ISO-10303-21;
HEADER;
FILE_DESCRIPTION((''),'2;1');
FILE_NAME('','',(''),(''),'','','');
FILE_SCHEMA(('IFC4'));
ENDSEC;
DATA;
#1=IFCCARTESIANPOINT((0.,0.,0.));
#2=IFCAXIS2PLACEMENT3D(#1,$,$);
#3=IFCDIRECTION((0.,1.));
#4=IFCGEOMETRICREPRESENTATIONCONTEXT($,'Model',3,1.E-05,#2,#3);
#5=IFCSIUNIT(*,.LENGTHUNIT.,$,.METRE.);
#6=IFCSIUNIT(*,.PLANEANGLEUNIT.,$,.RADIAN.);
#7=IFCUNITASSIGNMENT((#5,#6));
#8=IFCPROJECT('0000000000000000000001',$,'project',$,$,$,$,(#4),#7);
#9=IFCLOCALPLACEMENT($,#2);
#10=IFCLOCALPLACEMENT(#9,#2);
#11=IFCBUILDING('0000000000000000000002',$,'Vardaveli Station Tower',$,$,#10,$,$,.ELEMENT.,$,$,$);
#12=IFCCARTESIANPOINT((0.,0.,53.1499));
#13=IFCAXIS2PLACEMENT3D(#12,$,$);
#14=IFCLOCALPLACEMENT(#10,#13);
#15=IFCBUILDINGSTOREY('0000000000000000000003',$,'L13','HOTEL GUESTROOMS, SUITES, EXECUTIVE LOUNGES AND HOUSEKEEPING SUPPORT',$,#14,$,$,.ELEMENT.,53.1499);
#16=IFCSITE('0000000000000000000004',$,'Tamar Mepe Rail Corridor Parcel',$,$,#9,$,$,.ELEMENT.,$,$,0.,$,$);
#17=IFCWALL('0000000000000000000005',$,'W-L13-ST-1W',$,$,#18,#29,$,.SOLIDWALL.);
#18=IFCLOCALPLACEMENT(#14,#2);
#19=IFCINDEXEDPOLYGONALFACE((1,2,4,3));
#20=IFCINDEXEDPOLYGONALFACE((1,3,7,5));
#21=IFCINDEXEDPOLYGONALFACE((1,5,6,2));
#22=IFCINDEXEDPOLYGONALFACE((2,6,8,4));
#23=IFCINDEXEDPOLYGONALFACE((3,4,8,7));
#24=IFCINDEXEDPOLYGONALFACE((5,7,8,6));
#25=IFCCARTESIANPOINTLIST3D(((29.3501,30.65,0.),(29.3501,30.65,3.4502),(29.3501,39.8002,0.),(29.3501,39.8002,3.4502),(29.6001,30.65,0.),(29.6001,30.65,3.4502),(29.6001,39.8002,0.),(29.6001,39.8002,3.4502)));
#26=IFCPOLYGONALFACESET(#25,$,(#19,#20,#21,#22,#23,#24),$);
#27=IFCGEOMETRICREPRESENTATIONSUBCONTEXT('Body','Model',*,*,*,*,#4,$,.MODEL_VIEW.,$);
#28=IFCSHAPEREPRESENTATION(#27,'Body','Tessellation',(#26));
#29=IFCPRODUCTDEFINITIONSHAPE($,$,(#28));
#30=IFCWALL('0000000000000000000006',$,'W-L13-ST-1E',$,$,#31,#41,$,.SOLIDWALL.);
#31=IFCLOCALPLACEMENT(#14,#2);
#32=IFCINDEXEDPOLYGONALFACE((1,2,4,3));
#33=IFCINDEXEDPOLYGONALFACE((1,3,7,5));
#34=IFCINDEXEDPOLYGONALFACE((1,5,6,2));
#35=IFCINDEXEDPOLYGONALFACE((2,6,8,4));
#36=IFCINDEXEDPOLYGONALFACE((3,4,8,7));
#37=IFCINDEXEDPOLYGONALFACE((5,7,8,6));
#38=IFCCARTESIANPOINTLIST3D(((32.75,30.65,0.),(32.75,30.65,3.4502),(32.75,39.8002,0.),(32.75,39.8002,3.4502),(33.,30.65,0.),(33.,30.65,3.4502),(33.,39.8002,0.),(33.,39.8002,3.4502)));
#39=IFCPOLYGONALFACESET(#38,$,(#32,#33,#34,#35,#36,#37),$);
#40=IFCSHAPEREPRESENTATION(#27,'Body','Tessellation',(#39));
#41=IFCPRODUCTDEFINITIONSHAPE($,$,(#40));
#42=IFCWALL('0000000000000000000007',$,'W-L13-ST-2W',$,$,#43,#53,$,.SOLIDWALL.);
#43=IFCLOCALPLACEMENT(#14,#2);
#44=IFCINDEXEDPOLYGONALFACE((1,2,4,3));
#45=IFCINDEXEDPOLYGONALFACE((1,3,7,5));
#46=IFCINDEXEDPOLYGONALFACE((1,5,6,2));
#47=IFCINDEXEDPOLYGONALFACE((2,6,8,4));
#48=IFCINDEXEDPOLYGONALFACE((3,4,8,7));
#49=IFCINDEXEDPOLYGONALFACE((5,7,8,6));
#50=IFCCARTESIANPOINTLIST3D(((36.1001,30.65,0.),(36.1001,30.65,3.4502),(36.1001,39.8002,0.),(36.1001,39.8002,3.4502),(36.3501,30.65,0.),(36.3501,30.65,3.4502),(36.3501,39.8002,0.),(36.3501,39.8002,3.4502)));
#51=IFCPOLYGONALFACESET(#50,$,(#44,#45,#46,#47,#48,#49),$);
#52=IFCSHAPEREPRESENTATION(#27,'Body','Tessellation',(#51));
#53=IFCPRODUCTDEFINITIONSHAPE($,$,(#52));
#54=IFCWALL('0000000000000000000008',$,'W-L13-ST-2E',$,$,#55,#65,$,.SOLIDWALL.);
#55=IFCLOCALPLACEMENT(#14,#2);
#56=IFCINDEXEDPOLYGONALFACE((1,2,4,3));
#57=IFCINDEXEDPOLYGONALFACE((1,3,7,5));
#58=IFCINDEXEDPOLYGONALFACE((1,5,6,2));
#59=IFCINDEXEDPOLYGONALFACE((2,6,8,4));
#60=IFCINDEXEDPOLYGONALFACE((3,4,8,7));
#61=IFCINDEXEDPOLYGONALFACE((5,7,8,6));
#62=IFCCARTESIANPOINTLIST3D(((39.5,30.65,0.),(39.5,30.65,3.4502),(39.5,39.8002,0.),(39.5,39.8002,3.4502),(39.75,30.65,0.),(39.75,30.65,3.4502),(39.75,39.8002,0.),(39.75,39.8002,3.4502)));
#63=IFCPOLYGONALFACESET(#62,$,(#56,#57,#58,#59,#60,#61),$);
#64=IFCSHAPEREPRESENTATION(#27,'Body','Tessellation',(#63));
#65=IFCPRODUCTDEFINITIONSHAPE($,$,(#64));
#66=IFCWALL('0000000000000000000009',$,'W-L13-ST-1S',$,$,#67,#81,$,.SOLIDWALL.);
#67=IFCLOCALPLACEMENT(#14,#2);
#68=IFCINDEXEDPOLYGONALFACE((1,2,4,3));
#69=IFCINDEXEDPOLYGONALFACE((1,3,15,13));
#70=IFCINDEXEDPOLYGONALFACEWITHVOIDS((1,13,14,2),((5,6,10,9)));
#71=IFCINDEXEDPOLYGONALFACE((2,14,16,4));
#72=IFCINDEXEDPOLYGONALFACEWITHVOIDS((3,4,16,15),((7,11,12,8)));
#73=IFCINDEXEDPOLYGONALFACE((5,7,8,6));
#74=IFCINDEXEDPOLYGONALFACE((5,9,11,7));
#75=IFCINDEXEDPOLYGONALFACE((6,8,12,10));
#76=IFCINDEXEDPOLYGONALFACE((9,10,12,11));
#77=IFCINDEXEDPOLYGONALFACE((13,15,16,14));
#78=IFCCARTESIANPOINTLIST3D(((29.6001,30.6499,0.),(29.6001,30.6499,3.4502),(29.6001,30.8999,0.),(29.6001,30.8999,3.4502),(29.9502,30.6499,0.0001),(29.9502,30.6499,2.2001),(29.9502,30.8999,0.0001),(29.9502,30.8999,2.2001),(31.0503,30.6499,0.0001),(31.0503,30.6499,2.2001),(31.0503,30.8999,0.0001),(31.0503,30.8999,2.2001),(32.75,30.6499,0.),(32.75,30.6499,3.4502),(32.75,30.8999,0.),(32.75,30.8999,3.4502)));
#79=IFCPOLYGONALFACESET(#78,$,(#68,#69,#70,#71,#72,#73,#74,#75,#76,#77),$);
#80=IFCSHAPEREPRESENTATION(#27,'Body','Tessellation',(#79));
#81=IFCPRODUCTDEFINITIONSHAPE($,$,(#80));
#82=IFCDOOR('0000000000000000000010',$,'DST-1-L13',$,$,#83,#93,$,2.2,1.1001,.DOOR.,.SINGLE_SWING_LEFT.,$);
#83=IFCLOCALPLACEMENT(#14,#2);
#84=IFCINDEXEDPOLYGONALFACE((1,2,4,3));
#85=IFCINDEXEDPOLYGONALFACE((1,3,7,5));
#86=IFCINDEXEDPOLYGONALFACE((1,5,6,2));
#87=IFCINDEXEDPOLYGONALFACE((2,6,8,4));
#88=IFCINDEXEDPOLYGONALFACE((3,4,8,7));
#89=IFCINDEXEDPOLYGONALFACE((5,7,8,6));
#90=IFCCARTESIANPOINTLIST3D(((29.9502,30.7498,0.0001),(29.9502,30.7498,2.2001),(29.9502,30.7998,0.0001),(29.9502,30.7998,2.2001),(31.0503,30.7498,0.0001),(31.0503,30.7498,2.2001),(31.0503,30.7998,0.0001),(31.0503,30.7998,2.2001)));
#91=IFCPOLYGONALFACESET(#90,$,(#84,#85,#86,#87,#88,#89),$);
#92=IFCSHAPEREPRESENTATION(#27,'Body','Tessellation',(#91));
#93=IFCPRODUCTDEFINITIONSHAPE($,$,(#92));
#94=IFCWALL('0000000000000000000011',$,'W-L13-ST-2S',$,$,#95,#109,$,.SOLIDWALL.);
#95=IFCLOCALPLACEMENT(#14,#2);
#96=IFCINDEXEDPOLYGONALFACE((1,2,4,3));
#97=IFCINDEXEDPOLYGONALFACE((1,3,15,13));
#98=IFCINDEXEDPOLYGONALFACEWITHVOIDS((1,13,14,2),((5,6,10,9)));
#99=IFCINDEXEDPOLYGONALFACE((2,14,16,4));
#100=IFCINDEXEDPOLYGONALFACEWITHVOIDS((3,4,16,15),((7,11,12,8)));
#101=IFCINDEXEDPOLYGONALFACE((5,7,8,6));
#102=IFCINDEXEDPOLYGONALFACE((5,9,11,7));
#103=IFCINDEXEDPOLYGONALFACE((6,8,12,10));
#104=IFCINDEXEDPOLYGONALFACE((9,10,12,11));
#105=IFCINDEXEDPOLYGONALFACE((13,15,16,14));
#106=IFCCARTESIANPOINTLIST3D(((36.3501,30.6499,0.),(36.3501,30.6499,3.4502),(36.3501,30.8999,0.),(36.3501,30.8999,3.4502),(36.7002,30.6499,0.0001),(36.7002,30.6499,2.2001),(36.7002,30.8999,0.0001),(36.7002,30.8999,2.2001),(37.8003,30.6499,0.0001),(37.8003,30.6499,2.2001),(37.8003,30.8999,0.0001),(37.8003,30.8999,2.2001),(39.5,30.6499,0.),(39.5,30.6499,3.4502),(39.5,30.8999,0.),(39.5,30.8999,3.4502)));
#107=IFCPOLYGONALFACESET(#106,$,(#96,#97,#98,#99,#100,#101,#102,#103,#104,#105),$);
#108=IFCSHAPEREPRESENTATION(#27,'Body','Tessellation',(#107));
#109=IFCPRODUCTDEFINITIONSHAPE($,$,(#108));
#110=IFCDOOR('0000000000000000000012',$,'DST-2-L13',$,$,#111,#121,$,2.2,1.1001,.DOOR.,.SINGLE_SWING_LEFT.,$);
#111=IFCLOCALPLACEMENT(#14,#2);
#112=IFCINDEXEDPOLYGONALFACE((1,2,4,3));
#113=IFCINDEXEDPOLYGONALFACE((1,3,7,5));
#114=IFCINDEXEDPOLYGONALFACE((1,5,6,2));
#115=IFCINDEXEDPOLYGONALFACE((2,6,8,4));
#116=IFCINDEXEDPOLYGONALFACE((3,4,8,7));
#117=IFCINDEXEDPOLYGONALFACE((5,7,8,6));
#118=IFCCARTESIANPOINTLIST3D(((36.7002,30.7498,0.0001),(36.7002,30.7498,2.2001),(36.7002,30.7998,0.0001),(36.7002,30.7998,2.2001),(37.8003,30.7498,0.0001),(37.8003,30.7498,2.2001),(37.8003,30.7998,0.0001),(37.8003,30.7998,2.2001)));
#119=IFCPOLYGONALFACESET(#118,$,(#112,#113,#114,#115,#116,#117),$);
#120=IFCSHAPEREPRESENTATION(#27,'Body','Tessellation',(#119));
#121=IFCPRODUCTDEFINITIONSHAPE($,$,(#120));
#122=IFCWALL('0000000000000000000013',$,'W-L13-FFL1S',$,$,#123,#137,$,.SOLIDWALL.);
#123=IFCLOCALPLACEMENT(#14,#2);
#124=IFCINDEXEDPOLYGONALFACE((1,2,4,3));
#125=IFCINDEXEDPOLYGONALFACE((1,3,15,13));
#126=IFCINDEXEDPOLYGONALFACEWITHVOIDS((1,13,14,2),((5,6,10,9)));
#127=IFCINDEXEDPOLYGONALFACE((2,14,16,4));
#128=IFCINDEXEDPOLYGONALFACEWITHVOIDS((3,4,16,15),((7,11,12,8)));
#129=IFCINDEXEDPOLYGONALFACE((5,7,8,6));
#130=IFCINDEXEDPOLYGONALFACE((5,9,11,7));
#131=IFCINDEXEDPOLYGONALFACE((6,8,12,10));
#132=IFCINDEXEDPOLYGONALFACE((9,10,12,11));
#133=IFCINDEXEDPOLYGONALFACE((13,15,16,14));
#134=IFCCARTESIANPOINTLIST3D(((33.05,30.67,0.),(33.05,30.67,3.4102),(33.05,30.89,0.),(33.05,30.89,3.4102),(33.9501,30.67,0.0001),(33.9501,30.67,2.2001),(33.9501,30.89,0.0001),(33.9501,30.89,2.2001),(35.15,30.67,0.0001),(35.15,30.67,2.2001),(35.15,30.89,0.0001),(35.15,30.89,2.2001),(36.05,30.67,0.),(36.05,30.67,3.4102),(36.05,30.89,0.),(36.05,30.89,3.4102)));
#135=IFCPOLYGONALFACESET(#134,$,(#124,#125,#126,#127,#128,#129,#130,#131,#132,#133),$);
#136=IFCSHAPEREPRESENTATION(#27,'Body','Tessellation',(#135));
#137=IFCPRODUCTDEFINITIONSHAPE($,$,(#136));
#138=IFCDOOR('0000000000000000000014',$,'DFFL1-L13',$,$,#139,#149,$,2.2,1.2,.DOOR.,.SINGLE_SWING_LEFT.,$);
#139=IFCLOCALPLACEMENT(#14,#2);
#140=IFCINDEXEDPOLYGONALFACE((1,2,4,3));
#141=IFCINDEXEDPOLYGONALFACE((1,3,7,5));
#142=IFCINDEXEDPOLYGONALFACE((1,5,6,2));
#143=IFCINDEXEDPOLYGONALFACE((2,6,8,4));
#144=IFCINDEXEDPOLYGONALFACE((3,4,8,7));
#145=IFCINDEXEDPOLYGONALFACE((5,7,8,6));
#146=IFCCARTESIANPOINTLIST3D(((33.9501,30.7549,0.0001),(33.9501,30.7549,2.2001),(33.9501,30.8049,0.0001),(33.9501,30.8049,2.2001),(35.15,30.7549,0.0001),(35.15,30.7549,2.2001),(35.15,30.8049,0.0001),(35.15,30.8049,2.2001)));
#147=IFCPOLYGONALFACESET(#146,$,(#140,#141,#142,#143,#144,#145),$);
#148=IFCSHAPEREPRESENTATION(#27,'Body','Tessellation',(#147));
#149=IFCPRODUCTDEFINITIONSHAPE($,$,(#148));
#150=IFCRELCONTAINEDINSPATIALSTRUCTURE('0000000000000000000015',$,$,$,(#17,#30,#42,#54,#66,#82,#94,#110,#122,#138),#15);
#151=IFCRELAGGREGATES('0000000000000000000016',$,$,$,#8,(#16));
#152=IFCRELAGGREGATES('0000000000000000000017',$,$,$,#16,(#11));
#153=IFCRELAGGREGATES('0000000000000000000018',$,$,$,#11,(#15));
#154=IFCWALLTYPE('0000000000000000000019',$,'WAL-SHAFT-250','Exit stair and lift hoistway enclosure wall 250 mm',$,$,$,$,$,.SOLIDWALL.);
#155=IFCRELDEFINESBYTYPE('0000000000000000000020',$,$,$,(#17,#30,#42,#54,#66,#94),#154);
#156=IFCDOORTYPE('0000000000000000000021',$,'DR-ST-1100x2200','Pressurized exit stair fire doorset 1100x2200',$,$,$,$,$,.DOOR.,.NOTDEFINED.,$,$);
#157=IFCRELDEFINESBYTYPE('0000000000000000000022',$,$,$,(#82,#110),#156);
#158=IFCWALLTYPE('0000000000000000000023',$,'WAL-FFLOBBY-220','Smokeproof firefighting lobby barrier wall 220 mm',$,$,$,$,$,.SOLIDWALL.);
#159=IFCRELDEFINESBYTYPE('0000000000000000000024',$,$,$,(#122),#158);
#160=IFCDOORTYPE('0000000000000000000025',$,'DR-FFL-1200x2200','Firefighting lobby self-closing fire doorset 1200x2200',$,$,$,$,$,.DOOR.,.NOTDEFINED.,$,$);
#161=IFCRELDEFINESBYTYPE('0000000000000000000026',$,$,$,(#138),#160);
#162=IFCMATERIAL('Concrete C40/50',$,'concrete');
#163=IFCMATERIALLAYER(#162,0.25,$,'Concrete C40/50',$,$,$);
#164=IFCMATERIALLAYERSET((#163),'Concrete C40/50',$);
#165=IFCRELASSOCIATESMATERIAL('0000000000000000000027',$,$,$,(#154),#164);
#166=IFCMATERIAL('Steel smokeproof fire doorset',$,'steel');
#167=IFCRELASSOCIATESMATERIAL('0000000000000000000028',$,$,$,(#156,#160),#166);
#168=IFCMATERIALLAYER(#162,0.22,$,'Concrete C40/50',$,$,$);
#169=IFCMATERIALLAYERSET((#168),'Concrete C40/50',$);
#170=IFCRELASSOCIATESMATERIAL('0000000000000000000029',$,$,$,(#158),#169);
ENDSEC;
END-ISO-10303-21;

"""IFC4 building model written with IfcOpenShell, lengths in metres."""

from ifc_helpers import new_model, si_unit, direction, frame, frame_2d, origin, place, context, subcontext, project, spatial, rectangle, extrude, source, transform, mapped, material, layer, layer_set, type_object, element, fill, save


model = new_model("IFC4")

# Units and contexts
model_context = context("Model", 3, precision=1e-05, world=origin(), true_north=direction((0.0, 1.0)))
body_context = subcontext(model_context, "Body", "Model", "MODEL_VIEW")
ifc_project = project(units=[si_unit("LENGTHUNIT", "METRE"), si_unit("PLANEANGLEUNIT", "RADIAN")], contexts=[model_context])

# Site, building, storey
site_placement = place(None, origin())
site = spatial("IfcSite", under=ifc_project, at=site_placement, Name="Tamar Mepe Rail Corridor Parcel", CompositionType="ELEMENT", RefElevation=0.0)
building_placement = place(site_placement, origin())
building = spatial("IfcBuilding", under=site, at=building_placement, Name="Vardaveli Station Tower", CompositionType="ELEMENT")
storey_placement = place(building_placement, frame((0.0, 0.0, 53.1499)))
storey = spatial("IfcBuildingStorey", under=building, at=storey_placement, Name="L13", Description="HOTEL GUESTROOMS, SUITES, EXECUTIVE LOUNGES AND HOUSEKEEPING SUPPORT", CompositionType="ELEMENT", Elevation=53.1499)

# Walls
ifc_material_1 = material(Name="Concrete C40/50", Category="concrete")
ifc_layer_1 = layer(ifc_material_1, 0.25, Name="Concrete C40/50")
ifc_layer_set_1 = layer_set([ifc_layer_1], Name="Concrete C40/50")
wall_type_1 = type_object("IfcWallType", Name="WAL-SHAFT-250", Description="Exit stair and lift hoistway enclosure wall 250 mm", PredefinedType="SOLIDWALL", material=ifc_layer_set_1)
shared_shape_1 = source(origin(), body_context, "Body", "SweptSolid", [
    extrude(rectangle(XDim=9.1501, YDim=0.25, at=frame_2d((4.5752, 0.0))), origin(), (0.0, 0.0, 1.0), 3.4502),
])
for number, where, z_axis, x_axis, name in (
    (1, (29.4751, 30.6499, 0.0), (0.0, 0.0, 1.0), (0.0, 1.0, 0.0), "W-L13-ST-1W"),
    (2, (32.875, 30.6499, 0.0), (0.0, 0.0, 1.0), (0.0, 1.0, 0.0), "W-L13-ST-1E"),
    (3, (36.2251, 30.6499, 0.0), (0.0, 0.0, 1.0), (0.0, 1.0, 0.0), "W-L13-ST-2W"),
    (4, (39.625, 30.6499, 0.0), (0.0, 0.0, 1.0), (0.0, 1.0, 0.0), "W-L13-ST-2E"),
):
    element("IfcWall", number, at=place(storey_placement, frame(where, z_axis=z_axis, x_axis=x_axis)), inside=storey, type_object=wall_type_1, Name=name, PredefinedType="SOLIDWALL", context=body_context, shape_type="MappedRepresentation", body=[
        mapped(shared_shape_1, transform((0.0, 0.0, 0.0), scale=1.0)),
    ])

# Walls, openings, doors
shared_shape_2 = source(origin(), body_context, "Body", "SweptSolid", [
    extrude(rectangle(XDim=3.1499, YDim=0.25, at=frame_2d((1.575, 0.0))), origin(), (0.0, 0.0, 1.0), 3.4502),
])
wall_1_placement = place(storey_placement, frame((29.6001, 30.7749, 0.0), z_axis=(0.0, 0.0, 1.0), x_axis=(1.0, 0.0, 0.0)))
wall_1 = element("IfcWall", 5, at=wall_1_placement, inside=storey, type_object=wall_type_1, Name="W-L13-ST-1S", PredefinedType="SOLIDWALL", context=body_context, shape_type="MappedRepresentation", body=[
    mapped(shared_shape_2, transform((0.0, 0.0, 0.0), scale=1.0)),
])
shared_shape_3 = source(origin(), body_context, "Body", "SweptSolid", [
    extrude(rectangle(XDim=1.1001, YDim=2.2, at=frame_2d((0.55, 1.1001))), frame((0.0, 0.135, 0.0), z_axis=(0.0, -1.0, 0.0), x_axis=(1.0, 0.0, 0.0)), (0.0, 0.0, 1.0), 0.27),
])
opening_1_placement = place(wall_1_placement, frame((0.3501, 0.0, 0.0)))
opening_1 = element("IfcOpeningElement", 6, at=opening_1_placement, cuts=wall_1, PredefinedType="OPENING", context=body_context, shape_type="MappedRepresentation", body=[
    mapped(shared_shape_3, transform((0.0, 0.0, 0.0), scale=1.0)),
])
ifc_material_2 = material(Name="Steel smokeproof fire doorset", Category="steel")
door_type_1 = type_object("IfcDoorType", Name="DR-ST-1100x2200", Description="Pressurized exit stair fire doorset 1100x2200", OperationType="NOTDEFINED", PredefinedType="DOOR", material=ifc_material_2)
shared_shape_4 = source(origin(), body_context, "Body", "SweptSolid", [
    extrude(rectangle(XDim=1.1001, YDim=2.2, at=frame_2d((0.55, 1.1001))), frame((0.0, 0.0249, 0.0), z_axis=(0.0, -1.0, 0.0), x_axis=(1.0, 0.0, 0.0)), (0.0, 0.0, 1.0), 0.05),
])
door_1_placement = place(opening_1_placement, origin())
door_1 = element("IfcDoor", 7, at=door_1_placement, inside=storey, type_object=door_type_1, Name="DST-1-L13", OperationType="SINGLE_SWING_LEFT", OverallHeight=2.2, OverallWidth=1.1001, PredefinedType="DOOR", context=body_context, shape_type="MappedRepresentation", body=[
    mapped(shared_shape_4, transform((0.0, 0.0, 0.0), scale=1.0)),
])
fill(opening_1, door_1)
wall_2_placement = place(storey_placement, frame((36.3501, 30.7749, 0.0), z_axis=(0.0, 0.0, 1.0), x_axis=(1.0, 0.0, 0.0)))
wall_2 = element("IfcWall", 8, at=wall_2_placement, inside=storey, type_object=wall_type_1, Name="W-L13-ST-2S", PredefinedType="SOLIDWALL", context=body_context, shape_type="MappedRepresentation", body=[
    mapped(shared_shape_2, transform((0.0, 0.0, 0.0), scale=1.0)),
])
opening_2_placement = place(wall_2_placement, frame((0.3501, 0.0, 0.0)))
opening_2 = element("IfcOpeningElement", 9, at=opening_2_placement, cuts=wall_2, PredefinedType="OPENING", context=body_context, shape_type="MappedRepresentation", body=[
    mapped(shared_shape_3, transform((0.0, 0.0, 0.0), scale=1.0)),
])
door_2_placement = place(opening_2_placement, origin())
door_2 = element("IfcDoor", 10, at=door_2_placement, inside=storey, type_object=door_type_1, Name="DST-2-L13", OperationType="SINGLE_SWING_LEFT", OverallHeight=2.2, OverallWidth=1.1001, PredefinedType="DOOR", context=body_context, shape_type="MappedRepresentation", body=[
    mapped(shared_shape_4, transform((0.0, 0.0, 0.0), scale=1.0)),
])
fill(opening_2, door_2)
ifc_layer_2 = layer(ifc_material_1, 0.22, Name="Concrete C40/50")
ifc_layer_set_2 = layer_set([ifc_layer_2], Name="Concrete C40/50")
wall_type_2 = type_object("IfcWallType", Name="WAL-FFLOBBY-220", Description="Smokeproof firefighting lobby barrier wall 220 mm", PredefinedType="SOLIDWALL", material=ifc_layer_set_2)
shared_shape_5 = source(origin(), body_context, "Body", "SweptSolid", [
    extrude(rectangle(XDim=3.0, YDim=0.22, at=frame_2d((1.5, 0.0))), origin(), (0.0, 0.0, 1.0), 3.4102),
])
wall_3_placement = place(storey_placement, frame((33.05, 30.78, 0.0), z_axis=(0.0, 0.0, 1.0), x_axis=(1.0, 0.0, 0.0)))
wall_3 = element("IfcWall", 11, at=wall_3_placement, inside=storey, type_object=wall_type_2, Name="W-L13-FFL1S", PredefinedType="SOLIDWALL", context=body_context, shape_type="MappedRepresentation", body=[
    mapped(shared_shape_5, transform((0.0, 0.0, 0.0), scale=1.0)),
])
shared_shape_6 = source(origin(), body_context, "Body", "SweptSolid", [
    extrude(rectangle(XDim=1.2, YDim=2.2, at=frame_2d((0.6001, 1.1001))), frame((0.0, 0.1201, 0.0), z_axis=(0.0, -1.0, 0.0), x_axis=(1.0, 0.0, 0.0)), (0.0, 0.0, 1.0), 0.24),
])
opening_3_placement = place(wall_3_placement, frame((0.8999, 0.0, 0.0)))
opening_3 = element("IfcOpeningElement", 12, at=opening_3_placement, cuts=wall_3, PredefinedType="OPENING", context=body_context, shape_type="MappedRepresentation", body=[
    mapped(shared_shape_6, transform((0.0, 0.0, 0.0), scale=1.0)),
])
door_type_2 = type_object("IfcDoorType", Name="DR-FFL-1200x2200", Description="Firefighting lobby self-closing fire doorset 1200x2200", OperationType="NOTDEFINED", PredefinedType="DOOR", material=ifc_material_2)
shared_shape_7 = source(origin(), body_context, "Body", "SweptSolid", [
    extrude(rectangle(XDim=1.2, YDim=2.2, at=frame_2d((0.6001, 1.1001))), frame((0.0, 0.0249, 0.0), z_axis=(0.0, -1.0, 0.0), x_axis=(1.0, 0.0, 0.0)), (0.0, 0.0, 1.0), 0.05),
])
door_3_placement = place(opening_3_placement, origin())
door_3 = element("IfcDoor", 13, at=door_3_placement, inside=storey, type_object=door_type_2, Name="DFFL1-L13", OperationType="SINGLE_SWING_LEFT", OverallHeight=2.2, OverallWidth=1.2, PredefinedType="DOOR", context=body_context, shape_type="MappedRepresentation", body=[
    mapped(shared_shape_7, transform((0.0, 0.0, 0.0), scale=1.0)),
])
fill(opening_3, door_3)

save(model, "model.ifc")
